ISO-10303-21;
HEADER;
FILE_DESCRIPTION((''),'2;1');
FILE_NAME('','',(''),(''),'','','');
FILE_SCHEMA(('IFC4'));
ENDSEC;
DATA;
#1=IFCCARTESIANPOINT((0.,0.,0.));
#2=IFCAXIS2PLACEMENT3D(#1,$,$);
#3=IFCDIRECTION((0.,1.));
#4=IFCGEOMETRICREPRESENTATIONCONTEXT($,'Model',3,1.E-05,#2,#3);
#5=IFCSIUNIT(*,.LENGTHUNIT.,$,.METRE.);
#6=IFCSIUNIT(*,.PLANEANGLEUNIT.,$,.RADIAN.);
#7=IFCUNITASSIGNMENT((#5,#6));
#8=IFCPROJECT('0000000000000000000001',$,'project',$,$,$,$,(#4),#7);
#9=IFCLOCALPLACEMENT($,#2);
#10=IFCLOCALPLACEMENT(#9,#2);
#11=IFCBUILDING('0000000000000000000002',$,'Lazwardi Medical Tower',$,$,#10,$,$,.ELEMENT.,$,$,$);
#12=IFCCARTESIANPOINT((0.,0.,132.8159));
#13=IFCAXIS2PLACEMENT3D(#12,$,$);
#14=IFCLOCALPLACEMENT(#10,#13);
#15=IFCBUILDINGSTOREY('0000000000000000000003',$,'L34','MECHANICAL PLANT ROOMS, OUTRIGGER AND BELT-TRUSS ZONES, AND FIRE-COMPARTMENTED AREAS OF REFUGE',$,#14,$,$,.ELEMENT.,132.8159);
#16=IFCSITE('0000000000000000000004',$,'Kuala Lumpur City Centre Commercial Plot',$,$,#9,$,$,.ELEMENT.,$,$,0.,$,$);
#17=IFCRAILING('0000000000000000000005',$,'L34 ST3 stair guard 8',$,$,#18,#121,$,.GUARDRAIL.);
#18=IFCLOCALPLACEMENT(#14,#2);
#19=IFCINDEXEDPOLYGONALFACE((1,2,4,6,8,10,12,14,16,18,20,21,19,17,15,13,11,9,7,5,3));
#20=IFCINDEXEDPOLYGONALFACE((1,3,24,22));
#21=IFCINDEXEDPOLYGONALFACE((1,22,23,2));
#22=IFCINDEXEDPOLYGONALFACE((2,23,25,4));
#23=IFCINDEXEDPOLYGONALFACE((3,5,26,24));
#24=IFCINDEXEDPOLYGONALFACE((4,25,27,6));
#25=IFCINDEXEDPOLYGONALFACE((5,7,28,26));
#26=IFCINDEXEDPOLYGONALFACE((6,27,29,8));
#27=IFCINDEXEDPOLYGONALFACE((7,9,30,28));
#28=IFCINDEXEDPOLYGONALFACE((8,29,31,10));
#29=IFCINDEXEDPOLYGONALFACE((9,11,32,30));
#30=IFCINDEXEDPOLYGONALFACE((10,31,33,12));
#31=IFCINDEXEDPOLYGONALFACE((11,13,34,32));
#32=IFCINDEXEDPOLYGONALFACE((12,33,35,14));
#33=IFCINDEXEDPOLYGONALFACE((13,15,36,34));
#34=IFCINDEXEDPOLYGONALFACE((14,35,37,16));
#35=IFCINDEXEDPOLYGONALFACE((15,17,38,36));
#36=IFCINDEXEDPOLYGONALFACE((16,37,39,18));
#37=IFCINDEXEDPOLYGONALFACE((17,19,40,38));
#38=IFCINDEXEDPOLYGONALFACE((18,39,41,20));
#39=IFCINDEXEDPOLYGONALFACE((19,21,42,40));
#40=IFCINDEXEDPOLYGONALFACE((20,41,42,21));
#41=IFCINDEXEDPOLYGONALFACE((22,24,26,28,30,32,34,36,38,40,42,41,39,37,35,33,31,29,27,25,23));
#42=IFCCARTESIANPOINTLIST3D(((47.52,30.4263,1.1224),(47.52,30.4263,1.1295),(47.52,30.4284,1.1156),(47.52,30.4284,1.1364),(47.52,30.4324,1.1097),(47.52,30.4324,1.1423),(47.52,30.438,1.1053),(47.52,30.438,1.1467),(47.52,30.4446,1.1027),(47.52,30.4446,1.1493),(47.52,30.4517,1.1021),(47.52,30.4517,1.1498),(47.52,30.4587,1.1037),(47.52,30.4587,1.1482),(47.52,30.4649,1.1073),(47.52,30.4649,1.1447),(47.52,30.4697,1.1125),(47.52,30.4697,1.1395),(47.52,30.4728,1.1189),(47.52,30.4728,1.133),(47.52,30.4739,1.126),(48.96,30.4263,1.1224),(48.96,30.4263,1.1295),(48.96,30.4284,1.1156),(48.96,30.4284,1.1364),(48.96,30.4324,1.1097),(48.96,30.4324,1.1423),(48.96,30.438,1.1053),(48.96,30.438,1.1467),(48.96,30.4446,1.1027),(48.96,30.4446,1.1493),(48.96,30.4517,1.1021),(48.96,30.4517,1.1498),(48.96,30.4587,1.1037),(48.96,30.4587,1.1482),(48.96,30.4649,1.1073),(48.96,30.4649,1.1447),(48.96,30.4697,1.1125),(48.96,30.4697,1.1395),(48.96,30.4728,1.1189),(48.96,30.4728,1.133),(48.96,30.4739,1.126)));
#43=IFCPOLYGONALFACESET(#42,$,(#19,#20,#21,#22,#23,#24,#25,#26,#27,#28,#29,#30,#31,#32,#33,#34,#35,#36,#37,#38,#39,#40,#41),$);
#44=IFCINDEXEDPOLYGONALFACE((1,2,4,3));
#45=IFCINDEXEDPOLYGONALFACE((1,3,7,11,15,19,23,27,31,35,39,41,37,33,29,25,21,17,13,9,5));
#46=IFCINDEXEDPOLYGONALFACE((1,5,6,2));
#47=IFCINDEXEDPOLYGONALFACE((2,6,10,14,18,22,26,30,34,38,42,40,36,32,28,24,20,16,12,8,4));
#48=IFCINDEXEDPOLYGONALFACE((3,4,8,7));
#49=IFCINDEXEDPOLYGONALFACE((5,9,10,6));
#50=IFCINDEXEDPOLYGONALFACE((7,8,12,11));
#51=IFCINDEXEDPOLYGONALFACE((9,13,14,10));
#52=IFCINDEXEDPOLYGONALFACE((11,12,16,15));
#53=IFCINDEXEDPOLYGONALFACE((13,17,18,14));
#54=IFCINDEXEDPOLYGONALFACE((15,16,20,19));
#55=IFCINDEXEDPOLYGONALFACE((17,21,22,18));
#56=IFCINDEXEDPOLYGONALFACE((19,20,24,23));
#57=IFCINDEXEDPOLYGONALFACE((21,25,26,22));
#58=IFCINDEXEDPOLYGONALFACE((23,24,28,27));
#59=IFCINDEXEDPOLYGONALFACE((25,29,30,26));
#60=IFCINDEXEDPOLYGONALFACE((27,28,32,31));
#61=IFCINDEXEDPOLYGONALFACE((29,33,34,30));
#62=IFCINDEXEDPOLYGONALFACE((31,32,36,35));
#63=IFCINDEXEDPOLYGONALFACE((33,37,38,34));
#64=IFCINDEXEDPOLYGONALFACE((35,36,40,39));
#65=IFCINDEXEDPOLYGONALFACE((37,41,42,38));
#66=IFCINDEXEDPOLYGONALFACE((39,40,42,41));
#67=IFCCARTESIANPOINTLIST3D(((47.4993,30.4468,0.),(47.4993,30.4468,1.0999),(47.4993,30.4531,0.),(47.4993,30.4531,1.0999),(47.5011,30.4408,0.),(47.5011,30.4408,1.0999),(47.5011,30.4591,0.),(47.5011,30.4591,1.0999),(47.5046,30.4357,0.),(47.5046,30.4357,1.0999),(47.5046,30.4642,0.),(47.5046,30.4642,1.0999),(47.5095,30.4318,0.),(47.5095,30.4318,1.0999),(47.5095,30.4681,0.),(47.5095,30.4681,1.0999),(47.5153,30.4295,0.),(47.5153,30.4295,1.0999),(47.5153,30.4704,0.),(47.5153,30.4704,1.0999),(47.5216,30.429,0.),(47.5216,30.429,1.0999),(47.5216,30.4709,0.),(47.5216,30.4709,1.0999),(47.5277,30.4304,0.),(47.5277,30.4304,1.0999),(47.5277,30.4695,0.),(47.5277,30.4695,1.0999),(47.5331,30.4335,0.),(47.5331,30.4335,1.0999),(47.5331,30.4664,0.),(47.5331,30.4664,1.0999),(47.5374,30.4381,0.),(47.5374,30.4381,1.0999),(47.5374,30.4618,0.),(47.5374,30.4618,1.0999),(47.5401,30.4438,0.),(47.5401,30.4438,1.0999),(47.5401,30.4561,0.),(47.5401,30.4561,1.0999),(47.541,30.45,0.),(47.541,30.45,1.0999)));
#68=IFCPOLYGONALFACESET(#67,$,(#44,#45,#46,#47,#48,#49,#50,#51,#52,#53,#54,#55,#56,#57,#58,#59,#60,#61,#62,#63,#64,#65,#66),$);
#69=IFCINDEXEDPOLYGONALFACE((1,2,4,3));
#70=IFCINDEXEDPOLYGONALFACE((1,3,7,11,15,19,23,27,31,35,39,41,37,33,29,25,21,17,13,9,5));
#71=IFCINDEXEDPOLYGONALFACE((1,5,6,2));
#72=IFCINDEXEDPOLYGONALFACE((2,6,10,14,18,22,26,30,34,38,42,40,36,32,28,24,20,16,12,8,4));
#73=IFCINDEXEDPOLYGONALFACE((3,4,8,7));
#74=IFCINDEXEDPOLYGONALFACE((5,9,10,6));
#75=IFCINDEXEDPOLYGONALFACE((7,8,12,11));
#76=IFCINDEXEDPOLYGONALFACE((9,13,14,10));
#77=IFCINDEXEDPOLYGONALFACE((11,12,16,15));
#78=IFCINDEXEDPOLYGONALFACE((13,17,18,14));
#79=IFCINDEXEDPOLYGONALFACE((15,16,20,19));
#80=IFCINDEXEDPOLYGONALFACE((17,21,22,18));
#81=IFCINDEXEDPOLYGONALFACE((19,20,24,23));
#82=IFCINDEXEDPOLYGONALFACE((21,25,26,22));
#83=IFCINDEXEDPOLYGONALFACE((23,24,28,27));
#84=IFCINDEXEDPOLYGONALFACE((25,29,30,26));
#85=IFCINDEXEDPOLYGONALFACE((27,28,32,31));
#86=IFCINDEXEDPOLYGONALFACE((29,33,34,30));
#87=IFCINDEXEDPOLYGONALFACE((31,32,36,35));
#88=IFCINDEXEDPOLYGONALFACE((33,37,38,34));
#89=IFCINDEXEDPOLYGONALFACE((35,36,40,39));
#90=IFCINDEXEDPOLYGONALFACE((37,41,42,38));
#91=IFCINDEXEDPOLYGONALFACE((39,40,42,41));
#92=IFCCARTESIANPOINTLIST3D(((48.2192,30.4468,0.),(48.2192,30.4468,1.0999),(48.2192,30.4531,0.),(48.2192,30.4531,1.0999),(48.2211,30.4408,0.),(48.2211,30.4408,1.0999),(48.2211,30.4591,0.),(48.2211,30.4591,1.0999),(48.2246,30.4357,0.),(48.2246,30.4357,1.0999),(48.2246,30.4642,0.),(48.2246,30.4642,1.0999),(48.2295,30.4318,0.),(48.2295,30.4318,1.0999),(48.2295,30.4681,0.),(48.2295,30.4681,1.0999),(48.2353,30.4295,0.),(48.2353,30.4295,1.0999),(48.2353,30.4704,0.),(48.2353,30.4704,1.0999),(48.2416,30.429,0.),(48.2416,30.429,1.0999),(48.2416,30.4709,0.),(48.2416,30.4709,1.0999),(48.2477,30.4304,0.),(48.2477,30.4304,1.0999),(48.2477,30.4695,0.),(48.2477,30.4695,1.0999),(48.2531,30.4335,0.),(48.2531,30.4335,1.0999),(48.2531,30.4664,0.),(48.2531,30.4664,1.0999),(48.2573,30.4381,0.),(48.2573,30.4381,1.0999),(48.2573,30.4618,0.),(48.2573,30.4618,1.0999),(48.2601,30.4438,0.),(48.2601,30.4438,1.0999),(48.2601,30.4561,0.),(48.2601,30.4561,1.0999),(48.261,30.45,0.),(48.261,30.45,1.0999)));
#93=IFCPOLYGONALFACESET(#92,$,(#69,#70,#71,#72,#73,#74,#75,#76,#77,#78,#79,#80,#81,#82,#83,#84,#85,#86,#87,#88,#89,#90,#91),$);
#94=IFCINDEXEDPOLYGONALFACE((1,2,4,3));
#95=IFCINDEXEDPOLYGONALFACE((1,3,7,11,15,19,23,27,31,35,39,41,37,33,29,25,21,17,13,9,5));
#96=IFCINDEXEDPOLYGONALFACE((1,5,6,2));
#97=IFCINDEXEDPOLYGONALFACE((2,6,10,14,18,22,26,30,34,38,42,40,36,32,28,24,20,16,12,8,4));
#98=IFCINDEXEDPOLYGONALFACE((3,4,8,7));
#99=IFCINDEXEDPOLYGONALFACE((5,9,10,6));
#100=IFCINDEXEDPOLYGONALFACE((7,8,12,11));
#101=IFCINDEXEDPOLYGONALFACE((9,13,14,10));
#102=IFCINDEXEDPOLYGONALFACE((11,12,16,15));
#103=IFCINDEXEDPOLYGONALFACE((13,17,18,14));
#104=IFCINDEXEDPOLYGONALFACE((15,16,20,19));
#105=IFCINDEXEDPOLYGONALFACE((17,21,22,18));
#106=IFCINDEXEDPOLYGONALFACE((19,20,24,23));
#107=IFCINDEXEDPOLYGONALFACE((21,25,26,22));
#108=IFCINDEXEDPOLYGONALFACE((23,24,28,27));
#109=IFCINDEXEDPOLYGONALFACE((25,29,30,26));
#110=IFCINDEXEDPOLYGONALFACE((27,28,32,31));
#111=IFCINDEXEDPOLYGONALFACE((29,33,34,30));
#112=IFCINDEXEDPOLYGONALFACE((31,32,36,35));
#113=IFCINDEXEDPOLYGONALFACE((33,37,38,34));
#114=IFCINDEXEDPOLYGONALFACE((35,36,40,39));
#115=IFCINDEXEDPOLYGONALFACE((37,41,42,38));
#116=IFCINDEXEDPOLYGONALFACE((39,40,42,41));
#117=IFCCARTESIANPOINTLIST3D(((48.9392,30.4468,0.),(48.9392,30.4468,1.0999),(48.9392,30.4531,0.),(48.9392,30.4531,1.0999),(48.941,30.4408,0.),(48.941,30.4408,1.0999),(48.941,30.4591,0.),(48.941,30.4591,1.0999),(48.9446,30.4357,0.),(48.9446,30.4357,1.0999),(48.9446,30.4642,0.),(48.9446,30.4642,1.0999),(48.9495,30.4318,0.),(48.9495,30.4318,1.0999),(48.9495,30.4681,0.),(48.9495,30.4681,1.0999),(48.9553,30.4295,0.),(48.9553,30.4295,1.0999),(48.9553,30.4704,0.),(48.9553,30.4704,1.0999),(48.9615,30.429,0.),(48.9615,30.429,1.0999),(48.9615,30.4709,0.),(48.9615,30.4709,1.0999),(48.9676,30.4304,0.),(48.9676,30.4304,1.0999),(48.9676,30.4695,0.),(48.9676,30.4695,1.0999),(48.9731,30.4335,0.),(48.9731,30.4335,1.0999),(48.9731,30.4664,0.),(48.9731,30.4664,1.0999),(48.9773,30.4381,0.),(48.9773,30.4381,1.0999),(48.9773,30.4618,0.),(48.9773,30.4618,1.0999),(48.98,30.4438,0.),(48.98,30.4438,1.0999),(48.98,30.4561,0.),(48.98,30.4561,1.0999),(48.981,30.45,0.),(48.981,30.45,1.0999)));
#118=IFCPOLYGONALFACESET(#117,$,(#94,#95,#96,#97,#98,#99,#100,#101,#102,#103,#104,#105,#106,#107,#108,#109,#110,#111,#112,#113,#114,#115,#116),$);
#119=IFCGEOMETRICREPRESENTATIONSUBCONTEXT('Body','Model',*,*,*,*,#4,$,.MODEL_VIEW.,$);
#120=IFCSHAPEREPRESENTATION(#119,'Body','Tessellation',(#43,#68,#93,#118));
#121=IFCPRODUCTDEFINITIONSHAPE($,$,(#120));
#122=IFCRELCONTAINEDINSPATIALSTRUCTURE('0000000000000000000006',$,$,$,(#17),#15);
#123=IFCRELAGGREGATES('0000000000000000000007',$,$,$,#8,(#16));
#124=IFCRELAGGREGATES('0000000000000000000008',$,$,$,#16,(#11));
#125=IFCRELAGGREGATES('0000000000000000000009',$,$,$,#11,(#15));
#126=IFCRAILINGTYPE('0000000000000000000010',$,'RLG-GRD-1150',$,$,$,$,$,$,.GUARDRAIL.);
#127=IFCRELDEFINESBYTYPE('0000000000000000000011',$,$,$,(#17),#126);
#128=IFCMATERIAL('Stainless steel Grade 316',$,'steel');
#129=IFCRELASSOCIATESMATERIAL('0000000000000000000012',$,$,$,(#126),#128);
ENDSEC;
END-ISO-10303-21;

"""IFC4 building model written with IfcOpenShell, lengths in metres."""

from ifc_helpers import new_model, si_unit, direction, frame, origin, origin_2d, place, context, subcontext, project, spatial, circle, extrude, material, type_object, element, save


model = new_model("IFC4")

# Units and contexts
model_context = context("Model", 3, precision=1e-05, world=origin(), true_north=direction((0.0, 1.0)))
body_context = subcontext(model_context, "Body", "Model", "MODEL_VIEW")
ifc_project = project(units=[si_unit("LENGTHUNIT", "METRE"), si_unit("PLANEANGLEUNIT", "RADIAN")], contexts=[model_context])

# Site, building, storey
site_placement = place(None, origin())
site = spatial("IfcSite", under=ifc_project, at=site_placement, Name="Kuala Lumpur City Centre Commercial Plot", CompositionType="ELEMENT", RefElevation=0.0)
building_placement = place(site_placement, origin())
building = spatial("IfcBuilding", under=site, at=building_placement, Name="Lazwardi Medical Tower", CompositionType="ELEMENT")
storey_placement = place(building_placement, frame((0.0, 0.0, 132.8159)))
storey = spatial("IfcBuildingStorey", under=building, at=storey_placement, Name="L34", Description="MECHANICAL PLANT ROOMS, OUTRIGGER AND BELT-TRUSS ZONES, AND FIRE-COMPARTMENTED AREAS OF REFUGE", CompositionType="ELEMENT", Elevation=132.8159)

# Railing
ifc_material_1 = material(Name="Stainless steel Grade 316", Category="steel")
railing_type_1 = type_object("IfcRailingType", Name="RLG-GRD-1150", PredefinedType="GUARDRAIL", material=ifc_material_1)
railing_1_placement = place(storey_placement, frame((47.52, 30.45, 0.0)))
element("IfcRailing", 1, at=railing_1_placement, inside=storey, type_object=railing_type_1, Name="L34 ST3 stair guard 8", PredefinedType="GUARDRAIL", context=body_context, shape_type="SweptSolid", body=[
    extrude(circle(Radius=0.0239, at=origin_2d()), frame((0.0, 0.0, 1.126), z_axis=(1.0, 0.0, 0.0), x_axis=(0.0, 1.0, 0.0)), (0.0, 0.0, 1.0), 1.4399),
    extrude(circle(Radius=0.021, at=origin_2d()), origin(), (0.0, 0.0, 1.0), 1.0999),
    extrude(circle(Radius=0.021, at=origin_2d()), frame((0.72, 0.0, 0.0)), (0.0, 0.0, 1.0), 1.0999),
    extrude(circle(Radius=0.021, at=origin_2d()), frame((1.4399, 0.0, 0.0)), (0.0, 0.0, 1.0), 1.0999),
])

save(model, "model.ifc")
